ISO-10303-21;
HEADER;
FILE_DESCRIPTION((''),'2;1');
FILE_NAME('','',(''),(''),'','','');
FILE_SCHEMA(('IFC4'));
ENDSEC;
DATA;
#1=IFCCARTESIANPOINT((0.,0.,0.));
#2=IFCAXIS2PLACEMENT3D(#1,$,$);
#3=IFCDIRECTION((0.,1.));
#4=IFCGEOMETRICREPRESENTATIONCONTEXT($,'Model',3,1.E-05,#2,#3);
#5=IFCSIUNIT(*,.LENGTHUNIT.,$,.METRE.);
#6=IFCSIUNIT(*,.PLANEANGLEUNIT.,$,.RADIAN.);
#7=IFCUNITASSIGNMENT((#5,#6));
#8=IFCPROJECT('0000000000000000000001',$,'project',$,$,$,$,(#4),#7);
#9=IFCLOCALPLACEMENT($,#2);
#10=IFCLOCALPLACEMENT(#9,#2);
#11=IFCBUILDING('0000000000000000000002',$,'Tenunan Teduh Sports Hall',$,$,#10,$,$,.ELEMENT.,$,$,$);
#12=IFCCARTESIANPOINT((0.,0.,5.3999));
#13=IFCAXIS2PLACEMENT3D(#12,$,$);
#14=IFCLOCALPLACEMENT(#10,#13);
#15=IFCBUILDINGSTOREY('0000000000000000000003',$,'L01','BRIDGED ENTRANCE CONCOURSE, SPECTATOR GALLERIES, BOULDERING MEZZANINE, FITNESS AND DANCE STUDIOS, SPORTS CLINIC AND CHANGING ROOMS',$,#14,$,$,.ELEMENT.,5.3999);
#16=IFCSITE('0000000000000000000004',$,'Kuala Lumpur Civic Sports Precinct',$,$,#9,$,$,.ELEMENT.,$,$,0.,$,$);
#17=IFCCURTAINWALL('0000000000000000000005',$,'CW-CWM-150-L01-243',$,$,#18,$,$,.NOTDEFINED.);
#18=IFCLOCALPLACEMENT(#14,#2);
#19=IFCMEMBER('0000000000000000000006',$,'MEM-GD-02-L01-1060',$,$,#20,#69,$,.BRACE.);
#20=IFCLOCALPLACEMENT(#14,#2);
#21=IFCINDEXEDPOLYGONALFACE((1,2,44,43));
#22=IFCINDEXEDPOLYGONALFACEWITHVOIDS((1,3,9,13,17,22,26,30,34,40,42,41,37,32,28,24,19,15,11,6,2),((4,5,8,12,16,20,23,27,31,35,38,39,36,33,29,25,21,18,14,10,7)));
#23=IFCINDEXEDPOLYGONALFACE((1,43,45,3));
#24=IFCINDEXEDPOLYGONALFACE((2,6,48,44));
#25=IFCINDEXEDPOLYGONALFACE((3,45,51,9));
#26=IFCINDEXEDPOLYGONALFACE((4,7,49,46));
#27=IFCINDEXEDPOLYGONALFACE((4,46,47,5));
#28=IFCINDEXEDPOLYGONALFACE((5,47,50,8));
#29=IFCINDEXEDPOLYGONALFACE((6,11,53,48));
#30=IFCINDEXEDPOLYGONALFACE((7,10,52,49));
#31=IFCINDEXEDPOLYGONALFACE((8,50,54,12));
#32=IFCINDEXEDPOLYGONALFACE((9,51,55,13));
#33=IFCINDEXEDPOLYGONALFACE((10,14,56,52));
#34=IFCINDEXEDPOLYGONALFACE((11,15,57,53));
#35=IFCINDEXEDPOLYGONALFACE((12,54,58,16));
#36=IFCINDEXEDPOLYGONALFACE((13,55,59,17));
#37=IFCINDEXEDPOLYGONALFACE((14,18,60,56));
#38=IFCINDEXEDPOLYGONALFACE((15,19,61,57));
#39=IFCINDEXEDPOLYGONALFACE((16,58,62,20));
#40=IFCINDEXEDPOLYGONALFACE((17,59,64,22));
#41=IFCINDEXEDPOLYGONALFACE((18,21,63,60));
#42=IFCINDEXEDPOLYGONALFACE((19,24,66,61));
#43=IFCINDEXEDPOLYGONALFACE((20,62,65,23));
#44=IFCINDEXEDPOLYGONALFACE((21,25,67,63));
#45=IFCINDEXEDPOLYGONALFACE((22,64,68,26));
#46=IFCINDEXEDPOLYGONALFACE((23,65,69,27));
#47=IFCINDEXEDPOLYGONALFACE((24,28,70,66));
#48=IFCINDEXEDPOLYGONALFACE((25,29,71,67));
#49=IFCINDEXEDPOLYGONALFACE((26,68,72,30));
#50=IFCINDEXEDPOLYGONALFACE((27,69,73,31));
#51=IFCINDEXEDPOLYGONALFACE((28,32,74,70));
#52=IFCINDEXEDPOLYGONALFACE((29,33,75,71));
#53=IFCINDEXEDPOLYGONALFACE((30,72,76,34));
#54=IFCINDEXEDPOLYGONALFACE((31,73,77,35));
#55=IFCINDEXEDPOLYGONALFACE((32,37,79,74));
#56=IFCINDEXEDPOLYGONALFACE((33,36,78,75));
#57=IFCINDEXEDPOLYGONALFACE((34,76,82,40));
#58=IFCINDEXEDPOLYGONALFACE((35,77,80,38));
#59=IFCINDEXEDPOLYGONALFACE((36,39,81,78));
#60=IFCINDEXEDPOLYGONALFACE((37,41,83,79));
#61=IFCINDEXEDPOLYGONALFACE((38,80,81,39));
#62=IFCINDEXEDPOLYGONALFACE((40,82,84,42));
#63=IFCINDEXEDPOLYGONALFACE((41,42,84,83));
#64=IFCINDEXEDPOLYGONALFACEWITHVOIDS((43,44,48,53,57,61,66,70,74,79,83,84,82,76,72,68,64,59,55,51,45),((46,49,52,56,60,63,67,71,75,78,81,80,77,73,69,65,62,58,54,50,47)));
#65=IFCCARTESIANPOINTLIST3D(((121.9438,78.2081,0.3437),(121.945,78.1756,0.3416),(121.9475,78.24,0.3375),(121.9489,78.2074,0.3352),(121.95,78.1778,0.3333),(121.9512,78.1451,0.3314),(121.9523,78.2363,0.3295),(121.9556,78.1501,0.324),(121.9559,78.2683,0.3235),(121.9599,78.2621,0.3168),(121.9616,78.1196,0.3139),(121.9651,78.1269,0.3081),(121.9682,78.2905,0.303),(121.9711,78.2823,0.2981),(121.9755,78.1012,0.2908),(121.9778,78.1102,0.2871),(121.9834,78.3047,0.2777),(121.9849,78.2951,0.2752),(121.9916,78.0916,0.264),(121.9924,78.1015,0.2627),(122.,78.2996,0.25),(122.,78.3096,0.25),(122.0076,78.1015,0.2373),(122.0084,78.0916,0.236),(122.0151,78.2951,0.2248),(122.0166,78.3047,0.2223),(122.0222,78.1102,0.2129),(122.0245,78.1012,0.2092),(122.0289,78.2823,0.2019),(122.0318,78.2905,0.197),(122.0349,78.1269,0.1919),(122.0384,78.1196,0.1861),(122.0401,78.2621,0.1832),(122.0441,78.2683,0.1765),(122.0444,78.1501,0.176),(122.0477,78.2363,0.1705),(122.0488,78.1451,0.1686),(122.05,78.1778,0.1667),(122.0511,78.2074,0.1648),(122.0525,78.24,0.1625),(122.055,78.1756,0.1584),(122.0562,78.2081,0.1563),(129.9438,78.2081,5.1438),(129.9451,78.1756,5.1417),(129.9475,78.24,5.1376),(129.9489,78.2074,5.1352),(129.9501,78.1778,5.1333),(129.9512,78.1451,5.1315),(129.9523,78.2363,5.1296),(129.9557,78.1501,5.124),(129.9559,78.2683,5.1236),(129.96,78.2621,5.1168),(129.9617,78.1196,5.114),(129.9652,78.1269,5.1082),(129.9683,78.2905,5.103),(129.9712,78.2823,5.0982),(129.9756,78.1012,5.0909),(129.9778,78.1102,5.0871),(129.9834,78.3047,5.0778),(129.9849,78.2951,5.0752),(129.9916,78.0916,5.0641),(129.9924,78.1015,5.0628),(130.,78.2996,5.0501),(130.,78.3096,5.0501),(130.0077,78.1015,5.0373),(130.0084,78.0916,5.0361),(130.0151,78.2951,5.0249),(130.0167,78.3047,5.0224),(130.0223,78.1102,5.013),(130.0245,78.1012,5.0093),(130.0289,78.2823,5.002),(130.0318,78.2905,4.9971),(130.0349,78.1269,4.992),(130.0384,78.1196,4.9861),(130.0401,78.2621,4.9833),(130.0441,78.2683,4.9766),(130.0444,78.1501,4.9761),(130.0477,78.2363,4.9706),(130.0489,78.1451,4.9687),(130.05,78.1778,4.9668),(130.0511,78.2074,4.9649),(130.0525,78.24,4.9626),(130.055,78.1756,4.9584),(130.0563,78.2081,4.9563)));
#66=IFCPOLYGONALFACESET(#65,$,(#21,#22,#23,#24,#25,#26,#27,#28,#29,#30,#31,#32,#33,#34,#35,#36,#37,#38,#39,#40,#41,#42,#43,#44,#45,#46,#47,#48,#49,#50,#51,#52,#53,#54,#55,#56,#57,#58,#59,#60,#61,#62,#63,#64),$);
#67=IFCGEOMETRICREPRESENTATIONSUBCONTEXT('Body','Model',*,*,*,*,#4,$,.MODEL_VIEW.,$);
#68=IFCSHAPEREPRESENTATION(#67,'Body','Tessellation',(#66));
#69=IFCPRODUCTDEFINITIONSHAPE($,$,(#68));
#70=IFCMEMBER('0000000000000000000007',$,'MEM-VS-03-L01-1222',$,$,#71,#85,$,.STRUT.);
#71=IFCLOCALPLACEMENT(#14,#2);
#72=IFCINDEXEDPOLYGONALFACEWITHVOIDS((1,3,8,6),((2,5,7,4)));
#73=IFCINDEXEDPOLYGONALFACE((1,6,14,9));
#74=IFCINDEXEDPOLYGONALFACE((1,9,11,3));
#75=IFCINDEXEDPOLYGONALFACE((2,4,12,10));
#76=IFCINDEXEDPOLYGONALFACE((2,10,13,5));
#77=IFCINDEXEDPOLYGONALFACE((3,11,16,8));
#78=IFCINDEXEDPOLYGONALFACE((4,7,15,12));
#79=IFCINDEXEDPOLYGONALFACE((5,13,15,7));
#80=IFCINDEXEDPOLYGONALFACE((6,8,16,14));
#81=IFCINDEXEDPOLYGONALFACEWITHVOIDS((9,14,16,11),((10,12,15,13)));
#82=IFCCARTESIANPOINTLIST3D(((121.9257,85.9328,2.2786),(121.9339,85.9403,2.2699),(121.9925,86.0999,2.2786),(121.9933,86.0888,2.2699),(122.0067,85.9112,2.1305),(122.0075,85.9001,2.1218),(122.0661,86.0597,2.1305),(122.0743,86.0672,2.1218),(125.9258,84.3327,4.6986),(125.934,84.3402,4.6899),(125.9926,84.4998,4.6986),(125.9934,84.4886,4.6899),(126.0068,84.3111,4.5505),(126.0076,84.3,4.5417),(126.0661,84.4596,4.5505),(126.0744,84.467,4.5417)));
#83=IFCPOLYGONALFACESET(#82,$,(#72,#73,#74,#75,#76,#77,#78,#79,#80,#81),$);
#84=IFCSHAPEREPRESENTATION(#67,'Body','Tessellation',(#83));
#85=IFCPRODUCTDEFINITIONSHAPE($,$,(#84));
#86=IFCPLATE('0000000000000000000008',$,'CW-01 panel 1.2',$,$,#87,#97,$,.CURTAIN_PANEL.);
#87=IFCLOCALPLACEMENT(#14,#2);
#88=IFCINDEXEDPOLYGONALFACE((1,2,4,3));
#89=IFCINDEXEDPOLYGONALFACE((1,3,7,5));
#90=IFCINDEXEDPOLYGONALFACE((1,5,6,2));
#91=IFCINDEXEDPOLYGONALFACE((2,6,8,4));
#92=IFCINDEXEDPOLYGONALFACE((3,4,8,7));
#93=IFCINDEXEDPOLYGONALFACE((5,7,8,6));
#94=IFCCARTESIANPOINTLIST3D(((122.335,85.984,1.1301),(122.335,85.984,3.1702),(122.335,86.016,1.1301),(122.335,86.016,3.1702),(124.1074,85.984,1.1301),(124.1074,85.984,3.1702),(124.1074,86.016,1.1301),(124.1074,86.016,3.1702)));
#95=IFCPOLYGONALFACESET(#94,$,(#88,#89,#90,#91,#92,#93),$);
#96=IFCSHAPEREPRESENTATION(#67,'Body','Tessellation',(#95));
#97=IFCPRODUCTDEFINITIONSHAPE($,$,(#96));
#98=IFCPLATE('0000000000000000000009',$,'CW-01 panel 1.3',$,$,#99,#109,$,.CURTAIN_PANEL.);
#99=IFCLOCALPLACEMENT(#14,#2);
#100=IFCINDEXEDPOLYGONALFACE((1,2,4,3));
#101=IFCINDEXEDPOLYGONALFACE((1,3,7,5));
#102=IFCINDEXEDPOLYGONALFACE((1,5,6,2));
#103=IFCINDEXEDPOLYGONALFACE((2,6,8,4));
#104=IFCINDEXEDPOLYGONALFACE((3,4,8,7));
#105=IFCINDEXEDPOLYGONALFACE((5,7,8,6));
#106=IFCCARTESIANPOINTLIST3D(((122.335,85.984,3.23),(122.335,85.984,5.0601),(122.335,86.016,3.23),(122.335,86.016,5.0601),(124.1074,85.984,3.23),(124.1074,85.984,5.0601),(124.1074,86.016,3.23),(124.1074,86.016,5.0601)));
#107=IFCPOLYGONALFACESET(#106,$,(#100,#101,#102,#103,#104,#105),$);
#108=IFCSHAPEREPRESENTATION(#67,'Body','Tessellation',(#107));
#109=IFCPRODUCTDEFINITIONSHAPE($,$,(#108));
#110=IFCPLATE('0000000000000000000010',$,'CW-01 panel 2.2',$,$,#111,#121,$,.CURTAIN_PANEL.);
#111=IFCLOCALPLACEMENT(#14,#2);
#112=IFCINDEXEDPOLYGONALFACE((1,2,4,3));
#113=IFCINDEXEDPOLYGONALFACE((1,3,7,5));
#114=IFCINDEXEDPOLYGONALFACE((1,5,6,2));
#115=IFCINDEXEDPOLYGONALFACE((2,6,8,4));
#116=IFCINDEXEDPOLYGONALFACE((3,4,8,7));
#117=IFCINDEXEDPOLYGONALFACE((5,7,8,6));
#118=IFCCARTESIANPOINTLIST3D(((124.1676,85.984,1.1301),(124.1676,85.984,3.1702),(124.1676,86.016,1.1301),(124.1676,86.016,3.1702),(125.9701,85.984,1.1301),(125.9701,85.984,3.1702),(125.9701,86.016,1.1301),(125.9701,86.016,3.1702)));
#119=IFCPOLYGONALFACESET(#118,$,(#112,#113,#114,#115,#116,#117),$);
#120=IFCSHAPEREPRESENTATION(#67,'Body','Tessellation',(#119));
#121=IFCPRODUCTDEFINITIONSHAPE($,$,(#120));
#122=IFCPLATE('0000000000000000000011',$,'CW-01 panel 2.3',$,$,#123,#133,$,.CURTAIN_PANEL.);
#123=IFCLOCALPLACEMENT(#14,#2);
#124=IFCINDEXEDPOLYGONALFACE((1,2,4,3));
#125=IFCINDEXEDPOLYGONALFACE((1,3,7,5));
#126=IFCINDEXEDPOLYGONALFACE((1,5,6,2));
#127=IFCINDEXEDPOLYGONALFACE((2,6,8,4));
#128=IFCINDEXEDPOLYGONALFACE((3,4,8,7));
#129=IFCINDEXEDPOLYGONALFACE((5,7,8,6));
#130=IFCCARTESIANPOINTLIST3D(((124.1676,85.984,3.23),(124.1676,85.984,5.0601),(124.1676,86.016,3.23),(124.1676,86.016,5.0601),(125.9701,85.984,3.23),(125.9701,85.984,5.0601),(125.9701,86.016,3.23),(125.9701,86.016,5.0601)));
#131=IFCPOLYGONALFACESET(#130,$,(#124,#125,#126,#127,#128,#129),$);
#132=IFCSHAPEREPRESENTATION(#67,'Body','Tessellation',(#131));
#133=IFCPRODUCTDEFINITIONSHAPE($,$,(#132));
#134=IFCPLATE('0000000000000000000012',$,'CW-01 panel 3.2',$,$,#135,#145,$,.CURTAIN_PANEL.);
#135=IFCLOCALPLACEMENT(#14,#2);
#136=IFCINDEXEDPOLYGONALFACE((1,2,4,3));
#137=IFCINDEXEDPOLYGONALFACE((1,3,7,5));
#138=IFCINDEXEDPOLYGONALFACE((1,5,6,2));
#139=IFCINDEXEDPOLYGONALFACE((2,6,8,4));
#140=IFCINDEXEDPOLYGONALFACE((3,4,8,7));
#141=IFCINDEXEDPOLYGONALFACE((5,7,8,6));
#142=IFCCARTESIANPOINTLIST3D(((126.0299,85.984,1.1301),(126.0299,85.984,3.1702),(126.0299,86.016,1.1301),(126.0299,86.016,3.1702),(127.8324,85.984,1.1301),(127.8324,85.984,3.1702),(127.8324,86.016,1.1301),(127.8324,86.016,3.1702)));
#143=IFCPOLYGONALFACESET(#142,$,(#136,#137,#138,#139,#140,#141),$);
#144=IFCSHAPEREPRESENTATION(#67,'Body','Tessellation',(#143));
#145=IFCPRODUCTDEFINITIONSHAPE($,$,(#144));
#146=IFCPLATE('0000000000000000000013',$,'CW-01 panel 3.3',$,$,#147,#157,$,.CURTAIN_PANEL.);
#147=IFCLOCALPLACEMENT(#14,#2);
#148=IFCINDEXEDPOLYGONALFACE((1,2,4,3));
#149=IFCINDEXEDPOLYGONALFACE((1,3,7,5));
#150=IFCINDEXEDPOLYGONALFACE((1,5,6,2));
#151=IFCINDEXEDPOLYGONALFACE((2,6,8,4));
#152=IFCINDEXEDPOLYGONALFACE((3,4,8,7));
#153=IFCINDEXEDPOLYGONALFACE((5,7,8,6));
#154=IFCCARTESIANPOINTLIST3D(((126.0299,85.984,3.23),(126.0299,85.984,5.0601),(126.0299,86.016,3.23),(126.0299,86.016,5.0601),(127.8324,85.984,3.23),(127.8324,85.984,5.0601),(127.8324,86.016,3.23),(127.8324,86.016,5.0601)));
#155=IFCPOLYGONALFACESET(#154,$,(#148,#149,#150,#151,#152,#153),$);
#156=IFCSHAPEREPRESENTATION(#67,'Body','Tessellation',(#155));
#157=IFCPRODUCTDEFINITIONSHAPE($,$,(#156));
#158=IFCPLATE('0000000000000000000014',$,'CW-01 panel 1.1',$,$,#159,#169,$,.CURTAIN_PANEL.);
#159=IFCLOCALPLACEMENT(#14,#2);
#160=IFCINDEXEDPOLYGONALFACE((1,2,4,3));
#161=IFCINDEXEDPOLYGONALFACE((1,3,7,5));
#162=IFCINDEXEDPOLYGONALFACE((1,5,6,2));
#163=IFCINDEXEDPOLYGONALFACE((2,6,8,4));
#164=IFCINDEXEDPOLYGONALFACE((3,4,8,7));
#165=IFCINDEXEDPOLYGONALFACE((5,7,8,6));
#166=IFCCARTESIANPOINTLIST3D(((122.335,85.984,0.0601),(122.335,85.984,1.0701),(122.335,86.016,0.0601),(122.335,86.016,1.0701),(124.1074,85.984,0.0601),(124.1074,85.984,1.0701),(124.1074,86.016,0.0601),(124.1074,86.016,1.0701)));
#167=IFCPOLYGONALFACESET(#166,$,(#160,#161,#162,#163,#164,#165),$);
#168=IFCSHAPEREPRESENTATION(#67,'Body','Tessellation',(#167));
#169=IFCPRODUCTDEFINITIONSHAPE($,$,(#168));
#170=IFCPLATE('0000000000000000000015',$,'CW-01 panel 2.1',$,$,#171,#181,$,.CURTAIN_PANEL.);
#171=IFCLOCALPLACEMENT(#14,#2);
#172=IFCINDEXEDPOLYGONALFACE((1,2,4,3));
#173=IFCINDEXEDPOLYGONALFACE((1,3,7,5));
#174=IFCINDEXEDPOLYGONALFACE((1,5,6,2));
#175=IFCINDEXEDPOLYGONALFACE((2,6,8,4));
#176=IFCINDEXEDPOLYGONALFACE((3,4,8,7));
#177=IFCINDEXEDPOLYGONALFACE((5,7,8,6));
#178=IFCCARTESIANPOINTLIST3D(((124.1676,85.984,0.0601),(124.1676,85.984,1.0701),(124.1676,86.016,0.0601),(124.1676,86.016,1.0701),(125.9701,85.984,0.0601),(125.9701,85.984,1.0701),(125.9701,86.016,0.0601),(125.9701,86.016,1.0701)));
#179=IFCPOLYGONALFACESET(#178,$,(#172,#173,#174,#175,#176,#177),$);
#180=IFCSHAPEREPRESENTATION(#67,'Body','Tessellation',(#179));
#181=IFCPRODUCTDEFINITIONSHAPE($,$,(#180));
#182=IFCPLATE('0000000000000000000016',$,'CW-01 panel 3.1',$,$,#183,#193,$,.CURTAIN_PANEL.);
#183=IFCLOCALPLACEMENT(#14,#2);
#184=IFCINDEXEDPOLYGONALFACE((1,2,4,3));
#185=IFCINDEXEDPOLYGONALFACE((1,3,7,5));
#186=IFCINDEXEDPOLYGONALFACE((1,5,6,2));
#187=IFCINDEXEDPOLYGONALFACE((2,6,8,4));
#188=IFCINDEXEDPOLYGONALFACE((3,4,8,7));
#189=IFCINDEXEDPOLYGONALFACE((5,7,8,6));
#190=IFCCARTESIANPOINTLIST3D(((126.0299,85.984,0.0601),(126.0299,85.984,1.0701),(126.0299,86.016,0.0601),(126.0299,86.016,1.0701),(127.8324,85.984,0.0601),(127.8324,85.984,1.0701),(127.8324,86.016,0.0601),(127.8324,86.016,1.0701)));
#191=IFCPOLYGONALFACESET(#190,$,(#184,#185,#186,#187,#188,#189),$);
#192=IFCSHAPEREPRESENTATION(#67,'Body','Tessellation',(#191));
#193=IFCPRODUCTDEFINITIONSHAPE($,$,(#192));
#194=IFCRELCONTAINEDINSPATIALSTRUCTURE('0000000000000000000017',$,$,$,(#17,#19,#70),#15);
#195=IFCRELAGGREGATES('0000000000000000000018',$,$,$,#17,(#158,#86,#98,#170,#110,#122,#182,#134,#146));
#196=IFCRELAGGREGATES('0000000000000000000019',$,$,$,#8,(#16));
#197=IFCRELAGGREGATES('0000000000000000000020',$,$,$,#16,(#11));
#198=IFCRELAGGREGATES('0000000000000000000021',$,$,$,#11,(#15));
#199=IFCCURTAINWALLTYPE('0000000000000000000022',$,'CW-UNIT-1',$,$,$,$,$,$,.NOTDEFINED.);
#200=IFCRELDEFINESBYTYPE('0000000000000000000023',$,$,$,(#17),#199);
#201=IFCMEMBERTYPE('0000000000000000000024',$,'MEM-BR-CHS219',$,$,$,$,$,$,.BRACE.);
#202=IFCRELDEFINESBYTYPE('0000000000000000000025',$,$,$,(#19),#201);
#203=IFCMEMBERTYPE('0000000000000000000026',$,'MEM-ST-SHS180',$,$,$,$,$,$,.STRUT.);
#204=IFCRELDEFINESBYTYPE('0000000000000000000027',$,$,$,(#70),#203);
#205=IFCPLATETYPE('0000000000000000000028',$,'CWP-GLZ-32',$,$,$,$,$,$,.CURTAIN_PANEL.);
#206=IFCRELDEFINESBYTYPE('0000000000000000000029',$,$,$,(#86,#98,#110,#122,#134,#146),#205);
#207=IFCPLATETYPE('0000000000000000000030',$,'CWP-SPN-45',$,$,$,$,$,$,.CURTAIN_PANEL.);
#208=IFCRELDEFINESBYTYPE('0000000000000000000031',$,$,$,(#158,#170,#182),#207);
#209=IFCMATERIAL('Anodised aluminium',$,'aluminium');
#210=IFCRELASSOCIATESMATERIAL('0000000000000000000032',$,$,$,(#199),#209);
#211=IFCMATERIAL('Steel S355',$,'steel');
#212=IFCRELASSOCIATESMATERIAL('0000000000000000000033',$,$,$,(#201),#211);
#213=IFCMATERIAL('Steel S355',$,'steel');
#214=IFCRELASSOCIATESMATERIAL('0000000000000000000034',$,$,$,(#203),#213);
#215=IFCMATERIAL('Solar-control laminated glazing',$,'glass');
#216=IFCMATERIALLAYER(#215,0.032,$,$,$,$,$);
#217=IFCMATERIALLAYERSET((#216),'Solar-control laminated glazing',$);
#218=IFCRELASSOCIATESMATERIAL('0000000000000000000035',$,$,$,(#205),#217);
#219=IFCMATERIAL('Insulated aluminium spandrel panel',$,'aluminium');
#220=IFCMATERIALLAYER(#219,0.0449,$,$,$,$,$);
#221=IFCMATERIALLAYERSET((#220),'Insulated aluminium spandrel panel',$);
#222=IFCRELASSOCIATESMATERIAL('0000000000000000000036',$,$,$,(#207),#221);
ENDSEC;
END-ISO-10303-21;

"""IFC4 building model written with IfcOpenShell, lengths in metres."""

from ifc_helpers import new_model, si_unit, direction, frame, origin, origin_2d, place, context, subcontext, project, spatial, rectangle, hollow_rectangle, hollow_circle, extrude, material, layer, layer_set, material_profile, profile_set, type_object, element, aggregate, save


model = new_model("IFC4")

# Units and contexts
model_context = context("Model", 3, precision=1e-05, world=origin(), true_north=direction((0.0, 1.0)))
body_context = subcontext(model_context, "Body", "Model", "MODEL_VIEW")
ifc_project = project(units=[si_unit("LENGTHUNIT", "METRE"), si_unit("PLANEANGLEUNIT", "RADIAN")], contexts=[model_context])

# Site, building, storey
site_placement = place(None, origin())
site = spatial("IfcSite", under=ifc_project, at=site_placement, Name="Kuala Lumpur Civic Sports Precinct", CompositionType="ELEMENT", RefElevation=0.0)
building_placement = place(site_placement, origin())
building = spatial("IfcBuilding", under=site, at=building_placement, Name="Tenunan Teduh Sports Hall", CompositionType="ELEMENT")
storey_placement = place(building_placement, frame((0.0, 0.0, 5.3999)))
storey = spatial("IfcBuildingStorey", under=building, at=storey_placement, Name="L01", Description="BRIDGED ENTRANCE CONCOURSE, SPECTATOR GALLERIES, BOULDERING MEZZANINE, FITNESS AND DANCE STUDIOS, SPORTS CLINIC AND CHANGING ROOMS", CompositionType="ELEMENT", Elevation=5.3999)

# Curtain wall
ifc_material_1 = material(Name="Anodised aluminium", Category="aluminium")
curtain_wall_type = type_object("IfcCurtainWallType", Name="CW-UNIT-1", PredefinedType="NOTDEFINED", material=ifc_material_1)
curtain_wall_1_placement = place(storey_placement, origin())
curtain_wall_1 = element("IfcCurtainWall", 1, at=curtain_wall_1_placement, inside=storey, type_object=curtain_wall_type, Name="CW-CWM-150-L01-243", PredefinedType="NOTDEFINED")

# Members
ifc_material_2 = material(Name="Steel S355", Category="steel")
ifc_material_profile_1 = material_profile(ifc_material_2, hollow_circle(Radius=0.1096, WallThickness=0.01, at=origin_2d()), Name="CHS 219.1x10.0")
ifc_profile_set_1 = profile_set([ifc_material_profile_1], Name="Steel S355")
member_type_1 = type_object("IfcMemberType", Name="MEM-BR-CHS219", PredefinedType="BRACE", material=ifc_profile_set_1)
member_1_placement = place(storey_placement, frame((122.0, 78.2, 0.25), z_axis=(0.857491, 0.0, 0.5145), x_axis=(0.0, 1.0, 0.0)))
element("IfcMember", 2, at=member_1_placement, inside=storey, type_object=member_type_1, Name="MEM-GD-02-L01-1060", PredefinedType="BRACE", context=body_context, shape_type="SweptSolid", body=[
    extrude(hollow_circle(Radius=0.1096, WallThickness=0.01, at=origin_2d()), origin(), (0.0, 0.0, 1.0), 9.3296),
])
ifc_material_3 = material(Name="Steel S355", Category="steel")
ifc_material_profile_2 = material_profile(ifc_material_3, hollow_rectangle(XDim=0.1799, YDim=0.1799, WallThickness=0.01, at=origin_2d()), Name="SHS 180x180x10.0")
ifc_profile_set_2 = profile_set([ifc_material_profile_2], Name="Steel S355")
member_type_2 = type_object("IfcMemberType", Name="MEM-ST-SHS180", PredefinedType="STRUT", material=ifc_profile_set_2)
member_2_placement = place(storey_placement, frame((122.0, 86.0, 2.2002), z_axis=(0.809505, -0.323822, 0.489735), x_axis=(0.37141, 0.928469, 0.0)))
element("IfcMember", 3, at=member_2_placement, inside=storey, type_object=member_type_2, Name="MEM-VS-03-L01-1222", PredefinedType="STRUT", context=body_context, shape_type="SweptSolid", body=[
    extrude(hollow_rectangle(XDim=0.1799, YDim=0.1799, WallThickness=0.01, at=origin_2d()), origin(), (0.0, 0.0, 1.0), 4.9414),
])

# Plates
ifc_material_4 = material(Name="Solar-control laminated glazing", Category="glass")
ifc_layer_1 = layer(ifc_material_4, 0.032)
ifc_layer_set_1 = layer_set([ifc_layer_1], Name="Solar-control laminated glazing")
plate_type_1 = type_object("IfcPlateType", Name="CWP-GLZ-32", PredefinedType="CURTAIN_PANEL", material=ifc_layer_set_1)
plate_1_placement = place(storey_placement, frame((123.2212, 86.0, 1.1301), z_axis=(0.0, 0.0, 1.0), x_axis=(1.0, 0.0, 0.0)))
plate_1 = element("IfcPlate", 4, at=plate_1_placement, type_object=plate_type_1, Name="CW-01 panel 1.2", PredefinedType="CURTAIN_PANEL", context=body_context, shape_type="SweptSolid", body=[
    extrude(rectangle(XDim=1.7725, YDim=0.032, at=origin_2d()), origin(), (0.0, 0.0, 1.0), 2.04),
])
plate_2_placement = place(storey_placement, frame((123.2212, 86.0, 3.23), z_axis=(0.0, 0.0, 1.0), x_axis=(1.0, 0.0, 0.0)))
plate_2 = element("IfcPlate", 5, at=plate_2_placement, type_object=plate_type_1, Name="CW-01 panel 1.3", PredefinedType="CURTAIN_PANEL", context=body_context, shape_type="SweptSolid", body=[
    extrude(rectangle(XDim=1.7725, YDim=0.032, at=origin_2d()), origin(), (0.0, 0.0, 1.0), 1.8301),
])
plate_3_placement = place(storey_placement, frame((125.0688, 86.0, 1.1301), z_axis=(0.0, 0.0, 1.0), x_axis=(1.0, 0.0, 0.0)))
plate_3 = element("IfcPlate", 6, at=plate_3_placement, type_object=plate_type_1, Name="CW-01 panel 2.2", PredefinedType="CURTAIN_PANEL", context=body_context, shape_type="SweptSolid", body=[
    extrude(rectangle(XDim=1.8025, YDim=0.032, at=origin_2d()), origin(), (0.0, 0.0, 1.0), 2.04),
])
plate_4_placement = place(storey_placement, frame((125.0688, 86.0, 3.23), z_axis=(0.0, 0.0, 1.0), x_axis=(1.0, 0.0, 0.0)))
plate_4 = element("IfcPlate", 7, at=plate_4_placement, type_object=plate_type_1, Name="CW-01 panel 2.3", PredefinedType="CURTAIN_PANEL", context=body_context, shape_type="SweptSolid", body=[
    extrude(rectangle(XDim=1.8025, YDim=0.032, at=origin_2d()), origin(), (0.0, 0.0, 1.0), 1.8301),
])
plate_5_placement = place(storey_placement, frame((126.9312, 86.0, 1.1301), z_axis=(0.0, 0.0, 1.0), x_axis=(1.0, 0.0, 0.0)))
plate_5 = element("IfcPlate", 8, at=plate_5_placement, type_object=plate_type_1, Name="CW-01 panel 3.2", PredefinedType="CURTAIN_PANEL", context=body_context, shape_type="SweptSolid", body=[
    extrude(rectangle(XDim=1.8025, YDim=0.032, at=origin_2d()), origin(), (0.0, 0.0, 1.0), 2.04),
])
plate_6_placement = place(storey_placement, frame((126.9312, 86.0, 3.23), z_axis=(0.0, 0.0, 1.0), x_axis=(1.0, 0.0, 0.0)))
plate_6 = element("IfcPlate", 9, at=plate_6_placement, type_object=plate_type_1, Name="CW-01 panel 3.3", PredefinedType="CURTAIN_PANEL", context=body_context, shape_type="SweptSolid", body=[
    extrude(rectangle(XDim=1.8025, YDim=0.032, at=origin_2d()), origin(), (0.0, 0.0, 1.0), 1.8301),
])
ifc_material_5 = material(Name="Insulated aluminium spandrel panel", Category="aluminium")
ifc_layer_2 = layer(ifc_material_5, 0.0449)
ifc_layer_set_2 = layer_set([ifc_layer_2], Name="Insulated aluminium spandrel panel")
plate_type_2 = type_object("IfcPlateType", Name="CWP-SPN-45", PredefinedType="CURTAIN_PANEL", material=ifc_layer_set_2)
plate_7_placement = place(storey_placement, frame((123.2212, 86.0, 0.0601), z_axis=(0.0, 0.0, 1.0), x_axis=(1.0, 0.0, 0.0)))
plate_7 = element("IfcPlate", 10, at=plate_7_placement, type_object=plate_type_2, Name="CW-01 panel 1.1", PredefinedType="CURTAIN_PANEL", context=body_context, shape_type="SweptSolid", body=[
    extrude(rectangle(XDim=1.7725, YDim=0.032, at=origin_2d()), origin(), (0.0, 0.0, 1.0), 1.01),
])
plate_8_placement = place(storey_placement, frame((125.0688, 86.0, 0.0601), z_axis=(0.0, 0.0, 1.0), x_axis=(1.0, 0.0, 0.0)))
plate_8 = element("IfcPlate", 11, at=plate_8_placement, type_object=plate_type_2, Name="CW-01 panel 2.1", PredefinedType="CURTAIN_PANEL", context=body_context, shape_type="SweptSolid", body=[
    extrude(rectangle(XDim=1.8025, YDim=0.032, at=origin_2d()), origin(), (0.0, 0.0, 1.0), 1.01),
])
plate_9_placement = place(storey_placement, frame((126.9312, 86.0, 0.0601), z_axis=(0.0, 0.0, 1.0), x_axis=(1.0, 0.0, 0.0)))
plate_9 = element("IfcPlate", 12, at=plate_9_placement, type_object=plate_type_2, Name="CW-01 panel 3.1", PredefinedType="CURTAIN_PANEL", context=body_context, shape_type="SweptSolid", body=[
    extrude(rectangle(XDim=1.8025, YDim=0.032, at=origin_2d()), origin(), (0.0, 0.0, 1.0), 1.01),
])
aggregate(curtain_wall_1, [plate_7, plate_1, plate_2, plate_8, plate_3, plate_4, plate_9, plate_5, plate_6])

save(model, "model.ifc")
